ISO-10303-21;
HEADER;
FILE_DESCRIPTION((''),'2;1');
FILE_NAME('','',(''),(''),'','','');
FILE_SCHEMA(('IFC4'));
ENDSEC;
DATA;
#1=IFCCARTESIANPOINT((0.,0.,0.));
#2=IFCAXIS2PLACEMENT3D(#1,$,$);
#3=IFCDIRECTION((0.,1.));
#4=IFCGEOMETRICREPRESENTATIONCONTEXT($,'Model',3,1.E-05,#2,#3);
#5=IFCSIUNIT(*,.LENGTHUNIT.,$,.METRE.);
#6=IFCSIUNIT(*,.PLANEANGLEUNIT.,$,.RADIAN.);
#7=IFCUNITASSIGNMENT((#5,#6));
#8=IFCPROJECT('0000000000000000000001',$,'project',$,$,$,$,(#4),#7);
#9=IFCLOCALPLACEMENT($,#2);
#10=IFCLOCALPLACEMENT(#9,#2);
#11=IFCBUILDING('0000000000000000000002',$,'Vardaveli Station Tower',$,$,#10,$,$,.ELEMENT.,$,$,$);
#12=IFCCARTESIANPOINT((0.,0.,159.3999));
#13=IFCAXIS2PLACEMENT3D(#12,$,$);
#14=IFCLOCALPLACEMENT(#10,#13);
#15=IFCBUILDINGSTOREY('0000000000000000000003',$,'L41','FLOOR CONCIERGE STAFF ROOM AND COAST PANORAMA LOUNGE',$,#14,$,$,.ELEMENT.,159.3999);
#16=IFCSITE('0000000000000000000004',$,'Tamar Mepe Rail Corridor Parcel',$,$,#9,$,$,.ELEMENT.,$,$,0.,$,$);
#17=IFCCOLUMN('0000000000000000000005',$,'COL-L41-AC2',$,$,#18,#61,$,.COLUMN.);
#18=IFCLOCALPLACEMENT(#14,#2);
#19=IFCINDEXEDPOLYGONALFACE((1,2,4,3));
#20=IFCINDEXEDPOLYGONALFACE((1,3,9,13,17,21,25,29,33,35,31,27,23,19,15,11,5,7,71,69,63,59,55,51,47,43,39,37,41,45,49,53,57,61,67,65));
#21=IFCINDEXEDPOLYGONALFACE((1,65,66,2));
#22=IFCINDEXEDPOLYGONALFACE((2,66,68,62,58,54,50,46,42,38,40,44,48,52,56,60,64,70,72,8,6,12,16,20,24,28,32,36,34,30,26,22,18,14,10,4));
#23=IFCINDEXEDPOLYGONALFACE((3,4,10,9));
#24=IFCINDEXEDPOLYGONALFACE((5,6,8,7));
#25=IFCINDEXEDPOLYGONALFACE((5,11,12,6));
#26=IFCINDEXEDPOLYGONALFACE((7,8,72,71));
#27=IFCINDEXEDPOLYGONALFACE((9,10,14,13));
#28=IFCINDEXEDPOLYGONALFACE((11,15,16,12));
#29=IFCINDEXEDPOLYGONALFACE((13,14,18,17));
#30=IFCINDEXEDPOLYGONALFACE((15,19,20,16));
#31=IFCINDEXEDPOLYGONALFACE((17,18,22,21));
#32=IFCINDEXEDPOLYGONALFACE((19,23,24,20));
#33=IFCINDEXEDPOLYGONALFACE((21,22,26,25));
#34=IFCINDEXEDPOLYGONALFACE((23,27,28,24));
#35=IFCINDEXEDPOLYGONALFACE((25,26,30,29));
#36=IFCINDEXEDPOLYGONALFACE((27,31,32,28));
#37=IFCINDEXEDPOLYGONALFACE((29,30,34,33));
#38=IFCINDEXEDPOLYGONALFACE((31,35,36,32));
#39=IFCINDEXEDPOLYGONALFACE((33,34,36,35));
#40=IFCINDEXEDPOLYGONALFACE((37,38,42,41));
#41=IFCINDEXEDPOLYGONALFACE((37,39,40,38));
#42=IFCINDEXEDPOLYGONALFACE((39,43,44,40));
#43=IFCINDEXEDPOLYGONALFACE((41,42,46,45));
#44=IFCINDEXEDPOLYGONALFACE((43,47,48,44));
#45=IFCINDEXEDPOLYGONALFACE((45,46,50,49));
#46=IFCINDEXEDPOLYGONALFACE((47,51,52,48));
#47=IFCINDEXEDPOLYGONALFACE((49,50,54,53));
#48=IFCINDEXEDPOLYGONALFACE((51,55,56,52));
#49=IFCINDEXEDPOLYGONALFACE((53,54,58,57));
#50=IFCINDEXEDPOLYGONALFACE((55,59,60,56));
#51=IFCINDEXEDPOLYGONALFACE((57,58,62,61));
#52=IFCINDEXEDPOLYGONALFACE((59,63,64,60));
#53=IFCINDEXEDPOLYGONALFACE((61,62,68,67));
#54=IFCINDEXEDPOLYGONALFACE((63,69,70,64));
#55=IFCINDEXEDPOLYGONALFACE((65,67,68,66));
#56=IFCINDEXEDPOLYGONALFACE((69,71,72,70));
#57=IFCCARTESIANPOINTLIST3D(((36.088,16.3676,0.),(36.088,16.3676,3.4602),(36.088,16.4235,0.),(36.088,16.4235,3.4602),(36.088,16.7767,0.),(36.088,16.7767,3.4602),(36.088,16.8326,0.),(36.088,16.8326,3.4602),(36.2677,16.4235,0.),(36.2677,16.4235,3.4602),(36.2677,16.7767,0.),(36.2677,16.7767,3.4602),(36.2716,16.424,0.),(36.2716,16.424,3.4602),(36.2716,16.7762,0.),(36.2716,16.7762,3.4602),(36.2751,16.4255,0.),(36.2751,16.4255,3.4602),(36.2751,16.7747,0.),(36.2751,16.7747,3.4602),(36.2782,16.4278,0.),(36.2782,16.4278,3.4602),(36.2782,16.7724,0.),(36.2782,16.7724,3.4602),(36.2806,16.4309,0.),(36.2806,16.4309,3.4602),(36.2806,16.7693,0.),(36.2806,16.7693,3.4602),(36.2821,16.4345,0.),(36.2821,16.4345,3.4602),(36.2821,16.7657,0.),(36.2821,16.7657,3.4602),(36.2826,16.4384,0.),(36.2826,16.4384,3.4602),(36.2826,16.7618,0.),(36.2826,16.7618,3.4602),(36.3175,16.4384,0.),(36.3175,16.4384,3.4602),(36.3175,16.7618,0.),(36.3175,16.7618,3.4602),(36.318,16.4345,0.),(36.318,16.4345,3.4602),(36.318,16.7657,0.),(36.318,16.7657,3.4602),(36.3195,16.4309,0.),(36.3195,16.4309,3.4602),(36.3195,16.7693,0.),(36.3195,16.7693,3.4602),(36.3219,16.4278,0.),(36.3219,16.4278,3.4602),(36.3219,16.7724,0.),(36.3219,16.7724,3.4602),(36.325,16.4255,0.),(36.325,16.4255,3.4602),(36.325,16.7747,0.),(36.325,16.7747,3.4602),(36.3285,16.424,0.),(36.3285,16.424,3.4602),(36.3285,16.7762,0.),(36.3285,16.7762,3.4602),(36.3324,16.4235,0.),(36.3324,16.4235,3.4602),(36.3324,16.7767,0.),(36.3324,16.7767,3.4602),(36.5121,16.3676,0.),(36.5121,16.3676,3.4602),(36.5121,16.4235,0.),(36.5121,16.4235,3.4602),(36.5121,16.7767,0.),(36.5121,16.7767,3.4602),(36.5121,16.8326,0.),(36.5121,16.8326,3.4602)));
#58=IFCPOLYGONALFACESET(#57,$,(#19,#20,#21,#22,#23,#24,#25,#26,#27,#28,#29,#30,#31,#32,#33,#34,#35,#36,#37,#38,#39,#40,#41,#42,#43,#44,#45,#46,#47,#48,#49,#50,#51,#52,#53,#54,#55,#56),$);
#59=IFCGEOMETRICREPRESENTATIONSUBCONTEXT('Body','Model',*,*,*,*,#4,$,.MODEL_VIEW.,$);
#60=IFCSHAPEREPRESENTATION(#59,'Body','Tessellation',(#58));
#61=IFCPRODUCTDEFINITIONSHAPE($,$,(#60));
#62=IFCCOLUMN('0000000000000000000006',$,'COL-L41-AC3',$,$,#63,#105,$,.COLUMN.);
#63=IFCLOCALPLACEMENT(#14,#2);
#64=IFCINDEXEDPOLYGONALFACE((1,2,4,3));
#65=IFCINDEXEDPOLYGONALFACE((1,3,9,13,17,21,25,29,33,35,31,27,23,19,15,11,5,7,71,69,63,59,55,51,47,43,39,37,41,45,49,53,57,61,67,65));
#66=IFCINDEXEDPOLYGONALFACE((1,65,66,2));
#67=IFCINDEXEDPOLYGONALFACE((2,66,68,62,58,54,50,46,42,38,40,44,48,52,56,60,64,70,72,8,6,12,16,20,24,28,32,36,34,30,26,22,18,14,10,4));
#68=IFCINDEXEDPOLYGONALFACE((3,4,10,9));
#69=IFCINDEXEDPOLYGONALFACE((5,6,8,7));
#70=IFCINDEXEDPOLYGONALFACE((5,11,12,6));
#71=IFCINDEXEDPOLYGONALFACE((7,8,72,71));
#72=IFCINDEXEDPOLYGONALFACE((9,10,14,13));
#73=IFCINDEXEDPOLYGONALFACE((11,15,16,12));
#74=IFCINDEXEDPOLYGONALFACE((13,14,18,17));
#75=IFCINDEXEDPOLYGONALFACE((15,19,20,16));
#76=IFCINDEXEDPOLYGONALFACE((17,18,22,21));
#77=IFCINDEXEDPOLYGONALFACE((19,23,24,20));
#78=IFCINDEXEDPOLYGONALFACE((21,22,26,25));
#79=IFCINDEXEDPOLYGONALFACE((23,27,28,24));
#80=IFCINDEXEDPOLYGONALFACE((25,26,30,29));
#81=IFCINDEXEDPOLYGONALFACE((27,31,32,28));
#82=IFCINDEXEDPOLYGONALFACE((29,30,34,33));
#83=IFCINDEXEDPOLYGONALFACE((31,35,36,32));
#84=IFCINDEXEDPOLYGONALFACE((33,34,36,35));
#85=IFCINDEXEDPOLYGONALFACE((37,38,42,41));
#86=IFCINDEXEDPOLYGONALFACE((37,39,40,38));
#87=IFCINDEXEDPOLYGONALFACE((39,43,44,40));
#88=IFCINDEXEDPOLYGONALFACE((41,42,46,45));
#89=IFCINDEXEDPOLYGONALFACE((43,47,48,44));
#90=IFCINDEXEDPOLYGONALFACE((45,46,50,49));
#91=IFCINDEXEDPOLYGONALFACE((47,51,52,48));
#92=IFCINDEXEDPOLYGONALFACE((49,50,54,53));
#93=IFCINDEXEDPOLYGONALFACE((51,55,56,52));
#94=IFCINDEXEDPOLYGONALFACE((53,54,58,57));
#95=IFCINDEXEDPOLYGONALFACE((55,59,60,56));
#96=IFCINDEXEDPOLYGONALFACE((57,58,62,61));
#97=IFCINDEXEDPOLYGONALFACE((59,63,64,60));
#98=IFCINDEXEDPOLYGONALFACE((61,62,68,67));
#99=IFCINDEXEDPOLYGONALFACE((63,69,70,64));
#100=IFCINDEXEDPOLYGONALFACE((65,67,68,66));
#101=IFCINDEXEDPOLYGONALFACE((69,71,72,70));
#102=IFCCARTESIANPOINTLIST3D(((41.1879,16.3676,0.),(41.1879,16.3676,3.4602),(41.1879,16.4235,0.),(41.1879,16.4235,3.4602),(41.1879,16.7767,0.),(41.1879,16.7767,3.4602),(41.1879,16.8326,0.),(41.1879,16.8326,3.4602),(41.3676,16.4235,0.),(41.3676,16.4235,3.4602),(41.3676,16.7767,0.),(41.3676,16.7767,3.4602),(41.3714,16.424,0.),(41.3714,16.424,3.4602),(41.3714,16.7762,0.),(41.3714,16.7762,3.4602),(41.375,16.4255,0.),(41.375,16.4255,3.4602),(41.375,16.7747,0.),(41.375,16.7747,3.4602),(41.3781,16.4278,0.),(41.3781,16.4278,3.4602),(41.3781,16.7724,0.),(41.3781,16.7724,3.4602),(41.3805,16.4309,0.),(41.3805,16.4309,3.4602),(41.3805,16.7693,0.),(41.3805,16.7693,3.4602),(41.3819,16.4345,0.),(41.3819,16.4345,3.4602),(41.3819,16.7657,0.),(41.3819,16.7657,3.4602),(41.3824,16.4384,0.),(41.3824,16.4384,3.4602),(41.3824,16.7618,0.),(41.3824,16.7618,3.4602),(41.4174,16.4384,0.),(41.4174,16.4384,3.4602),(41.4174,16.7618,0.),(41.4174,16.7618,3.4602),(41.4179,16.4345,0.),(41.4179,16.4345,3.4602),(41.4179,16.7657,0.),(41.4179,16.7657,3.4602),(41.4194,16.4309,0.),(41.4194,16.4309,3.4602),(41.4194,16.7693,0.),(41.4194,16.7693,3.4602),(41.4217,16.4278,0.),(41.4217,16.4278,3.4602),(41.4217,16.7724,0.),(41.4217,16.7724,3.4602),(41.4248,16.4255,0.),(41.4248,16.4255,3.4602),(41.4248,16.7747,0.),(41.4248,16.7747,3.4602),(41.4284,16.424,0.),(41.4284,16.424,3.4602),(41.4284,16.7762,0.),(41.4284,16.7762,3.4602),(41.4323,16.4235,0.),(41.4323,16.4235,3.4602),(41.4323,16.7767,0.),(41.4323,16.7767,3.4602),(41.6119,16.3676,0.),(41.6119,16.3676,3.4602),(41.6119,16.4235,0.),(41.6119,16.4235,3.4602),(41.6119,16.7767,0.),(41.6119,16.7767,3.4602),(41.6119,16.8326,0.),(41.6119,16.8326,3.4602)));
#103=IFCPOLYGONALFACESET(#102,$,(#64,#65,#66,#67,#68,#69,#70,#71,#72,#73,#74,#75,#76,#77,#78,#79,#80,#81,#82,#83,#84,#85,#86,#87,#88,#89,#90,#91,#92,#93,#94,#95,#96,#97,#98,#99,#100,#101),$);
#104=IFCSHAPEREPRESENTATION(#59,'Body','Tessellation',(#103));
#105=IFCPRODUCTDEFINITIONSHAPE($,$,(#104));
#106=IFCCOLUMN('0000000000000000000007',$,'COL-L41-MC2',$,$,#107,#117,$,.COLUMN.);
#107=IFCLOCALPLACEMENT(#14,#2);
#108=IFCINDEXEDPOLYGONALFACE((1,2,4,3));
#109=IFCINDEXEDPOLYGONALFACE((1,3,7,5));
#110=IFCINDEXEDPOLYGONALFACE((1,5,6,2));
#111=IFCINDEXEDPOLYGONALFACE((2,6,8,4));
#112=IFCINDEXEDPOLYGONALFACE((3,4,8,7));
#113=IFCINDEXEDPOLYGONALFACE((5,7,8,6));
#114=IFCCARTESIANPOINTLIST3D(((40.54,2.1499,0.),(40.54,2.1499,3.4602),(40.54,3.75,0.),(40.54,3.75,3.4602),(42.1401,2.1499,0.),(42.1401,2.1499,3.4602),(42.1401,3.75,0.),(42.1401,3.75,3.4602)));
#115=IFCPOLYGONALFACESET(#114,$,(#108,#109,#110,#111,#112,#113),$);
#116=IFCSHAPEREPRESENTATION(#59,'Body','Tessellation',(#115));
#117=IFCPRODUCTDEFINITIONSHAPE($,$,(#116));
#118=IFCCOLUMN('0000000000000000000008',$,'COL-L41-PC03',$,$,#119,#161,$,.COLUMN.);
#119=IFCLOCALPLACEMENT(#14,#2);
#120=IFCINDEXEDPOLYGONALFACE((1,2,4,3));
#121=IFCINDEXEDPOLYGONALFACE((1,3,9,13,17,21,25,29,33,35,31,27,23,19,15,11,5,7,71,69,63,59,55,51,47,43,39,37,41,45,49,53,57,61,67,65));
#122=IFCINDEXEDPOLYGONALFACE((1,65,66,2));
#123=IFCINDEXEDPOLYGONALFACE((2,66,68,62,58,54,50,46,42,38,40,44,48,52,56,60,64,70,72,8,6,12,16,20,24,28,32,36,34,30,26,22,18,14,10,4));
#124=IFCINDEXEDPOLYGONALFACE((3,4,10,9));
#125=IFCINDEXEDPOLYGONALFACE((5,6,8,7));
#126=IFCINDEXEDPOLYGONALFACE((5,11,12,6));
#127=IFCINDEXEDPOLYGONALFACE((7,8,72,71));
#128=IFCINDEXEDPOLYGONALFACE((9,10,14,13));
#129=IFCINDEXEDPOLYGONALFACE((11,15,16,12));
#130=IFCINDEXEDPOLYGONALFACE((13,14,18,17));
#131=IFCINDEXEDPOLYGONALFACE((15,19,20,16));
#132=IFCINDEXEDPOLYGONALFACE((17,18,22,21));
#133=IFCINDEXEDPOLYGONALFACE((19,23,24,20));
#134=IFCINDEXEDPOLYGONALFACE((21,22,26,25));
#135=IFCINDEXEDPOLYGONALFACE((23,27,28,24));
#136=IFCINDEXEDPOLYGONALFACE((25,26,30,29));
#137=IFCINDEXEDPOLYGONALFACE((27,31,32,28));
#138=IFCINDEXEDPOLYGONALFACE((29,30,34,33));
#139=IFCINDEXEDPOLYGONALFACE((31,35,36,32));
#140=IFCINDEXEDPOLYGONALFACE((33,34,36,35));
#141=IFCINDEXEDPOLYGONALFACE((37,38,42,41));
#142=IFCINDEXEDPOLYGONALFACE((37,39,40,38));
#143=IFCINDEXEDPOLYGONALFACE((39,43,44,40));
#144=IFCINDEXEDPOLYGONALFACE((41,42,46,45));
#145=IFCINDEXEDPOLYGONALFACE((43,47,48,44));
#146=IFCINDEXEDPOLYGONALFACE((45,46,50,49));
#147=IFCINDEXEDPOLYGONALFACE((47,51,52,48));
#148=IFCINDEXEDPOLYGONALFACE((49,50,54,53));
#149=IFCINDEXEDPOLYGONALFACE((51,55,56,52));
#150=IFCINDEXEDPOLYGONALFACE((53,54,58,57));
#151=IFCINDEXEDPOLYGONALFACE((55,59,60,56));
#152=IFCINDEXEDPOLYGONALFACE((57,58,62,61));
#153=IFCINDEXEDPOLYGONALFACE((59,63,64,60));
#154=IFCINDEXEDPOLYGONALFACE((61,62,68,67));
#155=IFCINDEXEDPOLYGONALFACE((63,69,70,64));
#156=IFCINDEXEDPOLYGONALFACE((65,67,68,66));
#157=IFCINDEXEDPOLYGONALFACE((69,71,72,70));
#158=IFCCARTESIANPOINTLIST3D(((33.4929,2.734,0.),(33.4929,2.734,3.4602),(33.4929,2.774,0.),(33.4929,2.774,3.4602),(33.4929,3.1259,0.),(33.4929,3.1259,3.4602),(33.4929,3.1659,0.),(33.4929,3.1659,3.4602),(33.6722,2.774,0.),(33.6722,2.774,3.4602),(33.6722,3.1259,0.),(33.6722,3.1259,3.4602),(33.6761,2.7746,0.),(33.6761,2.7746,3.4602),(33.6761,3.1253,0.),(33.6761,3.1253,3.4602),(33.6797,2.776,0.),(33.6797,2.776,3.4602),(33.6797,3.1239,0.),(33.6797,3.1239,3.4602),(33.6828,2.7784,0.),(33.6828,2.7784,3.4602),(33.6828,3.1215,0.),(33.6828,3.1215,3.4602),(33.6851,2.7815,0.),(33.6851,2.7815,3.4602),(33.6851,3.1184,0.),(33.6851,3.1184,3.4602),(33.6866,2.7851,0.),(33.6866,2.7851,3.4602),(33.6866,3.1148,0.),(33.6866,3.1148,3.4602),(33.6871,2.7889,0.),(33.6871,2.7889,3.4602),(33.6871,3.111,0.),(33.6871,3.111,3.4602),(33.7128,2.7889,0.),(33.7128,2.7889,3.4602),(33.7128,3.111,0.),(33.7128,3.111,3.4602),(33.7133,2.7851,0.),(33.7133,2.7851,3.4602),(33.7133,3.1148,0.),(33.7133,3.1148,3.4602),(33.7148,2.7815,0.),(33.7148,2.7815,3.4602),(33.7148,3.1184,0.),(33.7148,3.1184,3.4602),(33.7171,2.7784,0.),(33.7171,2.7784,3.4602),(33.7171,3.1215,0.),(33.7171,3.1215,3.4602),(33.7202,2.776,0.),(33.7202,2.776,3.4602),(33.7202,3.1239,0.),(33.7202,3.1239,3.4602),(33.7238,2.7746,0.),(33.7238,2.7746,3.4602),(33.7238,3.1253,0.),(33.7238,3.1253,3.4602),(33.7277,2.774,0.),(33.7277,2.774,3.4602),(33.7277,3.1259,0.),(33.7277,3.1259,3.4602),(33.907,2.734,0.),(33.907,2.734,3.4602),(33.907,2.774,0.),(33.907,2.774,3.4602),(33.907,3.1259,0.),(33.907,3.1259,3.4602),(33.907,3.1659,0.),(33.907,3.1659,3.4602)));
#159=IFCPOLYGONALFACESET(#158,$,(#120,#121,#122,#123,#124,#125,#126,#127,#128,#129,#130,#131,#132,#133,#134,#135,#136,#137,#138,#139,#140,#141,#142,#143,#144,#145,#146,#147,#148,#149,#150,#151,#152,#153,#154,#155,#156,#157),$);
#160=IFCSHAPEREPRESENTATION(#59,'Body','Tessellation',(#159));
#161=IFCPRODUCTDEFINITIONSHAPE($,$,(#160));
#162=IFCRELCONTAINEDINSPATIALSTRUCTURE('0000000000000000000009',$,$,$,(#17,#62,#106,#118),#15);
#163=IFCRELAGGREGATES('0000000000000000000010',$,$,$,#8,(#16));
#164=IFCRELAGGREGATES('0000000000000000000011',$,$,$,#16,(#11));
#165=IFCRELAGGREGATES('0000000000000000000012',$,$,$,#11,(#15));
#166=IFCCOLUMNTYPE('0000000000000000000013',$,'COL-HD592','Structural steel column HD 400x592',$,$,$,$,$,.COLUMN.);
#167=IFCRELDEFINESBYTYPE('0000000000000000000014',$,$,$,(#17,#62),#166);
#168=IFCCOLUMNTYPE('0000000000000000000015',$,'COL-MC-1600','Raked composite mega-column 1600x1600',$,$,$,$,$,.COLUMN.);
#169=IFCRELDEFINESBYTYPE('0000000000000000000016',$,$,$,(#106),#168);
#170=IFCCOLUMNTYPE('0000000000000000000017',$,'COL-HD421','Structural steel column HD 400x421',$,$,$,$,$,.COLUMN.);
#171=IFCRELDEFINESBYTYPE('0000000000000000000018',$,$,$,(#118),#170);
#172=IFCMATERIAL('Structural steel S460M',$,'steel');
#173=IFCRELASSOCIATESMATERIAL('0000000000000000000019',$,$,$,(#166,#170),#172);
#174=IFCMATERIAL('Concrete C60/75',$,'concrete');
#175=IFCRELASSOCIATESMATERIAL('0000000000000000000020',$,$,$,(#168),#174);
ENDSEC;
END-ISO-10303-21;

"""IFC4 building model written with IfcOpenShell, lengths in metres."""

from ifc_helpers import new_model, si_unit, direction, frame, origin, origin_2d, place, context, subcontext, project, spatial, rectangle, i_section, extrude, source, transform, mapped, material, material_profile, profile_set, type_object, element, save


model = new_model("IFC4")

# Units and contexts
model_context = context("Model", 3, precision=1e-05, world=origin(), true_north=direction((0.0, 1.0)))
body_context = subcontext(model_context, "Body", "Model", "MODEL_VIEW")
ifc_project = project(units=[si_unit("LENGTHUNIT", "METRE"), si_unit("PLANEANGLEUNIT", "RADIAN")], contexts=[model_context])

# Site, building, storey
site_placement = place(None, origin())
site = spatial("IfcSite", under=ifc_project, at=site_placement, Name="Tamar Mepe Rail Corridor Parcel", CompositionType="ELEMENT", RefElevation=0.0)
building_placement = place(site_placement, origin())
building = spatial("IfcBuilding", under=site, at=building_placement, Name="Vardaveli Station Tower", CompositionType="ELEMENT")
storey_placement = place(building_placement, frame((0.0, 0.0, 159.3999)))
storey = spatial("IfcBuildingStorey", under=building, at=storey_placement, Name="L41", Description="FLOOR CONCIERGE STAFF ROOM AND COAST PANORAMA LOUNGE", CompositionType="ELEMENT", Elevation=159.3999)

# Columns
ifc_material_1 = material(Name="Structural steel S460M", Category="steel")
ifc_material_profile_1 = material_profile(ifc_material_1, i_section(OverallWidth=0.4241, OverallDepth=0.4651, WebThickness=0.0349, FlangeThickness=0.0559, FilletRadius=0.0149, at=origin_2d()), Name="HD 400x592")
ifc_profile_set_1 = profile_set([ifc_material_profile_1], Name="Structural steel S460M")
column_type_1 = type_object("IfcColumnType", Name="COL-HD592", Description="Structural steel column HD 400x592", PredefinedType="COLUMN", material=ifc_profile_set_1)
shared_shape_1 = source(origin(), body_context, "Body", "SweptSolid", [
    extrude(i_section(OverallWidth=0.4241, OverallDepth=0.4651, WebThickness=0.0349, FlangeThickness=0.0559, FilletRadius=0.0149, at=origin_2d()), origin(), (0.0, 0.0, 1.0), 3.4602),
])
for number, where, z_axis, x_axis, name in (
    (1, (36.3, 16.6001, 0.0), (0.0, 0.0, 1.0), (1.0, 0.0, 0.0), "COL-L41-AC2"),
    (2, (41.3999, 16.6001, 0.0), (0.0, 0.0, 1.0), (1.0, 0.0, 0.0), "COL-L41-AC3"),
):
    element("IfcColumn", number, at=place(storey_placement, frame(where, z_axis=z_axis, x_axis=x_axis)), inside=storey, type_object=column_type_1, Name=name, PredefinedType="COLUMN", context=body_context, shape_type="MappedRepresentation", body=[
        mapped(shared_shape_1, transform((0.0, 0.0, 0.0), scale=1.0)),
    ])
ifc_material_2 = material(Name="Concrete C60/75", Category="concrete")
ifc_material_profile_2 = material_profile(ifc_material_2, rectangle(XDim=1.6001, YDim=1.6001, at=origin_2d()), Name="MC 1600x1600")
ifc_profile_set_2 = profile_set([ifc_material_profile_2], Name="Concrete C60/75")
column_type_2 = type_object("IfcColumnType", Name="COL-MC-1600", Description="Raked composite mega-column 1600x1600", PredefinedType="COLUMN", material=ifc_profile_set_2)
shared_shape_2 = source(origin(), body_context, "Body", "SweptSolid", [
    extrude(rectangle(XDim=1.6001, YDim=1.6001, at=origin_2d()), origin(), (0.0, 0.0, 1.0), 3.4602),
])
column_1_placement = place(storey_placement, frame((41.3401, 2.95, 0.0), z_axis=(0.0, 0.0, 1.0), x_axis=(1.0, 0.0, 0.0)))
element("IfcColumn", 3, at=column_1_placement, inside=storey, type_object=column_type_2, Name="COL-L41-MC2", PredefinedType="COLUMN", context=body_context, shape_type="MappedRepresentation", body=[
    mapped(shared_shape_2, transform((0.0, 0.0, 0.0), scale=1.0)),
])
ifc_material_profile_3 = material_profile(ifc_material_1, i_section(OverallWidth=0.4141, OverallDepth=0.4319, WebThickness=0.0256, FlangeThickness=0.04, FilletRadius=0.0149, at=origin_2d()), Name="HD 400x421")
ifc_profile_set_3 = profile_set([ifc_material_profile_3], Name="Structural steel S460M")
column_type_3 = type_object("IfcColumnType", Name="COL-HD421", Description="Structural steel column HD 400x421", PredefinedType="COLUMN", material=ifc_profile_set_3)
shared_shape_3 = source(origin(), body_context, "Body", "SweptSolid", [
    extrude(i_section(OverallWidth=0.4141, OverallDepth=0.4319, WebThickness=0.0256, FlangeThickness=0.04, FilletRadius=0.0149, at=origin_2d()), origin(), (0.0, 0.0, 1.0), 3.4602),
])
column_2_placement = place(storey_placement, frame((33.7, 2.95, 0.0), z_axis=(0.0, 0.0, 1.0), x_axis=(1.0, 0.0, 0.0)))
element("IfcColumn", 4, at=column_2_placement, inside=storey, type_object=column_type_3, Name="COL-L41-PC03", PredefinedType="COLUMN", context=body_context, shape_type="MappedRepresentation", body=[
    mapped(shared_shape_3, transform((0.0, 0.0, 0.0), scale=1.0)),
])

save(model, "model.ifc")
